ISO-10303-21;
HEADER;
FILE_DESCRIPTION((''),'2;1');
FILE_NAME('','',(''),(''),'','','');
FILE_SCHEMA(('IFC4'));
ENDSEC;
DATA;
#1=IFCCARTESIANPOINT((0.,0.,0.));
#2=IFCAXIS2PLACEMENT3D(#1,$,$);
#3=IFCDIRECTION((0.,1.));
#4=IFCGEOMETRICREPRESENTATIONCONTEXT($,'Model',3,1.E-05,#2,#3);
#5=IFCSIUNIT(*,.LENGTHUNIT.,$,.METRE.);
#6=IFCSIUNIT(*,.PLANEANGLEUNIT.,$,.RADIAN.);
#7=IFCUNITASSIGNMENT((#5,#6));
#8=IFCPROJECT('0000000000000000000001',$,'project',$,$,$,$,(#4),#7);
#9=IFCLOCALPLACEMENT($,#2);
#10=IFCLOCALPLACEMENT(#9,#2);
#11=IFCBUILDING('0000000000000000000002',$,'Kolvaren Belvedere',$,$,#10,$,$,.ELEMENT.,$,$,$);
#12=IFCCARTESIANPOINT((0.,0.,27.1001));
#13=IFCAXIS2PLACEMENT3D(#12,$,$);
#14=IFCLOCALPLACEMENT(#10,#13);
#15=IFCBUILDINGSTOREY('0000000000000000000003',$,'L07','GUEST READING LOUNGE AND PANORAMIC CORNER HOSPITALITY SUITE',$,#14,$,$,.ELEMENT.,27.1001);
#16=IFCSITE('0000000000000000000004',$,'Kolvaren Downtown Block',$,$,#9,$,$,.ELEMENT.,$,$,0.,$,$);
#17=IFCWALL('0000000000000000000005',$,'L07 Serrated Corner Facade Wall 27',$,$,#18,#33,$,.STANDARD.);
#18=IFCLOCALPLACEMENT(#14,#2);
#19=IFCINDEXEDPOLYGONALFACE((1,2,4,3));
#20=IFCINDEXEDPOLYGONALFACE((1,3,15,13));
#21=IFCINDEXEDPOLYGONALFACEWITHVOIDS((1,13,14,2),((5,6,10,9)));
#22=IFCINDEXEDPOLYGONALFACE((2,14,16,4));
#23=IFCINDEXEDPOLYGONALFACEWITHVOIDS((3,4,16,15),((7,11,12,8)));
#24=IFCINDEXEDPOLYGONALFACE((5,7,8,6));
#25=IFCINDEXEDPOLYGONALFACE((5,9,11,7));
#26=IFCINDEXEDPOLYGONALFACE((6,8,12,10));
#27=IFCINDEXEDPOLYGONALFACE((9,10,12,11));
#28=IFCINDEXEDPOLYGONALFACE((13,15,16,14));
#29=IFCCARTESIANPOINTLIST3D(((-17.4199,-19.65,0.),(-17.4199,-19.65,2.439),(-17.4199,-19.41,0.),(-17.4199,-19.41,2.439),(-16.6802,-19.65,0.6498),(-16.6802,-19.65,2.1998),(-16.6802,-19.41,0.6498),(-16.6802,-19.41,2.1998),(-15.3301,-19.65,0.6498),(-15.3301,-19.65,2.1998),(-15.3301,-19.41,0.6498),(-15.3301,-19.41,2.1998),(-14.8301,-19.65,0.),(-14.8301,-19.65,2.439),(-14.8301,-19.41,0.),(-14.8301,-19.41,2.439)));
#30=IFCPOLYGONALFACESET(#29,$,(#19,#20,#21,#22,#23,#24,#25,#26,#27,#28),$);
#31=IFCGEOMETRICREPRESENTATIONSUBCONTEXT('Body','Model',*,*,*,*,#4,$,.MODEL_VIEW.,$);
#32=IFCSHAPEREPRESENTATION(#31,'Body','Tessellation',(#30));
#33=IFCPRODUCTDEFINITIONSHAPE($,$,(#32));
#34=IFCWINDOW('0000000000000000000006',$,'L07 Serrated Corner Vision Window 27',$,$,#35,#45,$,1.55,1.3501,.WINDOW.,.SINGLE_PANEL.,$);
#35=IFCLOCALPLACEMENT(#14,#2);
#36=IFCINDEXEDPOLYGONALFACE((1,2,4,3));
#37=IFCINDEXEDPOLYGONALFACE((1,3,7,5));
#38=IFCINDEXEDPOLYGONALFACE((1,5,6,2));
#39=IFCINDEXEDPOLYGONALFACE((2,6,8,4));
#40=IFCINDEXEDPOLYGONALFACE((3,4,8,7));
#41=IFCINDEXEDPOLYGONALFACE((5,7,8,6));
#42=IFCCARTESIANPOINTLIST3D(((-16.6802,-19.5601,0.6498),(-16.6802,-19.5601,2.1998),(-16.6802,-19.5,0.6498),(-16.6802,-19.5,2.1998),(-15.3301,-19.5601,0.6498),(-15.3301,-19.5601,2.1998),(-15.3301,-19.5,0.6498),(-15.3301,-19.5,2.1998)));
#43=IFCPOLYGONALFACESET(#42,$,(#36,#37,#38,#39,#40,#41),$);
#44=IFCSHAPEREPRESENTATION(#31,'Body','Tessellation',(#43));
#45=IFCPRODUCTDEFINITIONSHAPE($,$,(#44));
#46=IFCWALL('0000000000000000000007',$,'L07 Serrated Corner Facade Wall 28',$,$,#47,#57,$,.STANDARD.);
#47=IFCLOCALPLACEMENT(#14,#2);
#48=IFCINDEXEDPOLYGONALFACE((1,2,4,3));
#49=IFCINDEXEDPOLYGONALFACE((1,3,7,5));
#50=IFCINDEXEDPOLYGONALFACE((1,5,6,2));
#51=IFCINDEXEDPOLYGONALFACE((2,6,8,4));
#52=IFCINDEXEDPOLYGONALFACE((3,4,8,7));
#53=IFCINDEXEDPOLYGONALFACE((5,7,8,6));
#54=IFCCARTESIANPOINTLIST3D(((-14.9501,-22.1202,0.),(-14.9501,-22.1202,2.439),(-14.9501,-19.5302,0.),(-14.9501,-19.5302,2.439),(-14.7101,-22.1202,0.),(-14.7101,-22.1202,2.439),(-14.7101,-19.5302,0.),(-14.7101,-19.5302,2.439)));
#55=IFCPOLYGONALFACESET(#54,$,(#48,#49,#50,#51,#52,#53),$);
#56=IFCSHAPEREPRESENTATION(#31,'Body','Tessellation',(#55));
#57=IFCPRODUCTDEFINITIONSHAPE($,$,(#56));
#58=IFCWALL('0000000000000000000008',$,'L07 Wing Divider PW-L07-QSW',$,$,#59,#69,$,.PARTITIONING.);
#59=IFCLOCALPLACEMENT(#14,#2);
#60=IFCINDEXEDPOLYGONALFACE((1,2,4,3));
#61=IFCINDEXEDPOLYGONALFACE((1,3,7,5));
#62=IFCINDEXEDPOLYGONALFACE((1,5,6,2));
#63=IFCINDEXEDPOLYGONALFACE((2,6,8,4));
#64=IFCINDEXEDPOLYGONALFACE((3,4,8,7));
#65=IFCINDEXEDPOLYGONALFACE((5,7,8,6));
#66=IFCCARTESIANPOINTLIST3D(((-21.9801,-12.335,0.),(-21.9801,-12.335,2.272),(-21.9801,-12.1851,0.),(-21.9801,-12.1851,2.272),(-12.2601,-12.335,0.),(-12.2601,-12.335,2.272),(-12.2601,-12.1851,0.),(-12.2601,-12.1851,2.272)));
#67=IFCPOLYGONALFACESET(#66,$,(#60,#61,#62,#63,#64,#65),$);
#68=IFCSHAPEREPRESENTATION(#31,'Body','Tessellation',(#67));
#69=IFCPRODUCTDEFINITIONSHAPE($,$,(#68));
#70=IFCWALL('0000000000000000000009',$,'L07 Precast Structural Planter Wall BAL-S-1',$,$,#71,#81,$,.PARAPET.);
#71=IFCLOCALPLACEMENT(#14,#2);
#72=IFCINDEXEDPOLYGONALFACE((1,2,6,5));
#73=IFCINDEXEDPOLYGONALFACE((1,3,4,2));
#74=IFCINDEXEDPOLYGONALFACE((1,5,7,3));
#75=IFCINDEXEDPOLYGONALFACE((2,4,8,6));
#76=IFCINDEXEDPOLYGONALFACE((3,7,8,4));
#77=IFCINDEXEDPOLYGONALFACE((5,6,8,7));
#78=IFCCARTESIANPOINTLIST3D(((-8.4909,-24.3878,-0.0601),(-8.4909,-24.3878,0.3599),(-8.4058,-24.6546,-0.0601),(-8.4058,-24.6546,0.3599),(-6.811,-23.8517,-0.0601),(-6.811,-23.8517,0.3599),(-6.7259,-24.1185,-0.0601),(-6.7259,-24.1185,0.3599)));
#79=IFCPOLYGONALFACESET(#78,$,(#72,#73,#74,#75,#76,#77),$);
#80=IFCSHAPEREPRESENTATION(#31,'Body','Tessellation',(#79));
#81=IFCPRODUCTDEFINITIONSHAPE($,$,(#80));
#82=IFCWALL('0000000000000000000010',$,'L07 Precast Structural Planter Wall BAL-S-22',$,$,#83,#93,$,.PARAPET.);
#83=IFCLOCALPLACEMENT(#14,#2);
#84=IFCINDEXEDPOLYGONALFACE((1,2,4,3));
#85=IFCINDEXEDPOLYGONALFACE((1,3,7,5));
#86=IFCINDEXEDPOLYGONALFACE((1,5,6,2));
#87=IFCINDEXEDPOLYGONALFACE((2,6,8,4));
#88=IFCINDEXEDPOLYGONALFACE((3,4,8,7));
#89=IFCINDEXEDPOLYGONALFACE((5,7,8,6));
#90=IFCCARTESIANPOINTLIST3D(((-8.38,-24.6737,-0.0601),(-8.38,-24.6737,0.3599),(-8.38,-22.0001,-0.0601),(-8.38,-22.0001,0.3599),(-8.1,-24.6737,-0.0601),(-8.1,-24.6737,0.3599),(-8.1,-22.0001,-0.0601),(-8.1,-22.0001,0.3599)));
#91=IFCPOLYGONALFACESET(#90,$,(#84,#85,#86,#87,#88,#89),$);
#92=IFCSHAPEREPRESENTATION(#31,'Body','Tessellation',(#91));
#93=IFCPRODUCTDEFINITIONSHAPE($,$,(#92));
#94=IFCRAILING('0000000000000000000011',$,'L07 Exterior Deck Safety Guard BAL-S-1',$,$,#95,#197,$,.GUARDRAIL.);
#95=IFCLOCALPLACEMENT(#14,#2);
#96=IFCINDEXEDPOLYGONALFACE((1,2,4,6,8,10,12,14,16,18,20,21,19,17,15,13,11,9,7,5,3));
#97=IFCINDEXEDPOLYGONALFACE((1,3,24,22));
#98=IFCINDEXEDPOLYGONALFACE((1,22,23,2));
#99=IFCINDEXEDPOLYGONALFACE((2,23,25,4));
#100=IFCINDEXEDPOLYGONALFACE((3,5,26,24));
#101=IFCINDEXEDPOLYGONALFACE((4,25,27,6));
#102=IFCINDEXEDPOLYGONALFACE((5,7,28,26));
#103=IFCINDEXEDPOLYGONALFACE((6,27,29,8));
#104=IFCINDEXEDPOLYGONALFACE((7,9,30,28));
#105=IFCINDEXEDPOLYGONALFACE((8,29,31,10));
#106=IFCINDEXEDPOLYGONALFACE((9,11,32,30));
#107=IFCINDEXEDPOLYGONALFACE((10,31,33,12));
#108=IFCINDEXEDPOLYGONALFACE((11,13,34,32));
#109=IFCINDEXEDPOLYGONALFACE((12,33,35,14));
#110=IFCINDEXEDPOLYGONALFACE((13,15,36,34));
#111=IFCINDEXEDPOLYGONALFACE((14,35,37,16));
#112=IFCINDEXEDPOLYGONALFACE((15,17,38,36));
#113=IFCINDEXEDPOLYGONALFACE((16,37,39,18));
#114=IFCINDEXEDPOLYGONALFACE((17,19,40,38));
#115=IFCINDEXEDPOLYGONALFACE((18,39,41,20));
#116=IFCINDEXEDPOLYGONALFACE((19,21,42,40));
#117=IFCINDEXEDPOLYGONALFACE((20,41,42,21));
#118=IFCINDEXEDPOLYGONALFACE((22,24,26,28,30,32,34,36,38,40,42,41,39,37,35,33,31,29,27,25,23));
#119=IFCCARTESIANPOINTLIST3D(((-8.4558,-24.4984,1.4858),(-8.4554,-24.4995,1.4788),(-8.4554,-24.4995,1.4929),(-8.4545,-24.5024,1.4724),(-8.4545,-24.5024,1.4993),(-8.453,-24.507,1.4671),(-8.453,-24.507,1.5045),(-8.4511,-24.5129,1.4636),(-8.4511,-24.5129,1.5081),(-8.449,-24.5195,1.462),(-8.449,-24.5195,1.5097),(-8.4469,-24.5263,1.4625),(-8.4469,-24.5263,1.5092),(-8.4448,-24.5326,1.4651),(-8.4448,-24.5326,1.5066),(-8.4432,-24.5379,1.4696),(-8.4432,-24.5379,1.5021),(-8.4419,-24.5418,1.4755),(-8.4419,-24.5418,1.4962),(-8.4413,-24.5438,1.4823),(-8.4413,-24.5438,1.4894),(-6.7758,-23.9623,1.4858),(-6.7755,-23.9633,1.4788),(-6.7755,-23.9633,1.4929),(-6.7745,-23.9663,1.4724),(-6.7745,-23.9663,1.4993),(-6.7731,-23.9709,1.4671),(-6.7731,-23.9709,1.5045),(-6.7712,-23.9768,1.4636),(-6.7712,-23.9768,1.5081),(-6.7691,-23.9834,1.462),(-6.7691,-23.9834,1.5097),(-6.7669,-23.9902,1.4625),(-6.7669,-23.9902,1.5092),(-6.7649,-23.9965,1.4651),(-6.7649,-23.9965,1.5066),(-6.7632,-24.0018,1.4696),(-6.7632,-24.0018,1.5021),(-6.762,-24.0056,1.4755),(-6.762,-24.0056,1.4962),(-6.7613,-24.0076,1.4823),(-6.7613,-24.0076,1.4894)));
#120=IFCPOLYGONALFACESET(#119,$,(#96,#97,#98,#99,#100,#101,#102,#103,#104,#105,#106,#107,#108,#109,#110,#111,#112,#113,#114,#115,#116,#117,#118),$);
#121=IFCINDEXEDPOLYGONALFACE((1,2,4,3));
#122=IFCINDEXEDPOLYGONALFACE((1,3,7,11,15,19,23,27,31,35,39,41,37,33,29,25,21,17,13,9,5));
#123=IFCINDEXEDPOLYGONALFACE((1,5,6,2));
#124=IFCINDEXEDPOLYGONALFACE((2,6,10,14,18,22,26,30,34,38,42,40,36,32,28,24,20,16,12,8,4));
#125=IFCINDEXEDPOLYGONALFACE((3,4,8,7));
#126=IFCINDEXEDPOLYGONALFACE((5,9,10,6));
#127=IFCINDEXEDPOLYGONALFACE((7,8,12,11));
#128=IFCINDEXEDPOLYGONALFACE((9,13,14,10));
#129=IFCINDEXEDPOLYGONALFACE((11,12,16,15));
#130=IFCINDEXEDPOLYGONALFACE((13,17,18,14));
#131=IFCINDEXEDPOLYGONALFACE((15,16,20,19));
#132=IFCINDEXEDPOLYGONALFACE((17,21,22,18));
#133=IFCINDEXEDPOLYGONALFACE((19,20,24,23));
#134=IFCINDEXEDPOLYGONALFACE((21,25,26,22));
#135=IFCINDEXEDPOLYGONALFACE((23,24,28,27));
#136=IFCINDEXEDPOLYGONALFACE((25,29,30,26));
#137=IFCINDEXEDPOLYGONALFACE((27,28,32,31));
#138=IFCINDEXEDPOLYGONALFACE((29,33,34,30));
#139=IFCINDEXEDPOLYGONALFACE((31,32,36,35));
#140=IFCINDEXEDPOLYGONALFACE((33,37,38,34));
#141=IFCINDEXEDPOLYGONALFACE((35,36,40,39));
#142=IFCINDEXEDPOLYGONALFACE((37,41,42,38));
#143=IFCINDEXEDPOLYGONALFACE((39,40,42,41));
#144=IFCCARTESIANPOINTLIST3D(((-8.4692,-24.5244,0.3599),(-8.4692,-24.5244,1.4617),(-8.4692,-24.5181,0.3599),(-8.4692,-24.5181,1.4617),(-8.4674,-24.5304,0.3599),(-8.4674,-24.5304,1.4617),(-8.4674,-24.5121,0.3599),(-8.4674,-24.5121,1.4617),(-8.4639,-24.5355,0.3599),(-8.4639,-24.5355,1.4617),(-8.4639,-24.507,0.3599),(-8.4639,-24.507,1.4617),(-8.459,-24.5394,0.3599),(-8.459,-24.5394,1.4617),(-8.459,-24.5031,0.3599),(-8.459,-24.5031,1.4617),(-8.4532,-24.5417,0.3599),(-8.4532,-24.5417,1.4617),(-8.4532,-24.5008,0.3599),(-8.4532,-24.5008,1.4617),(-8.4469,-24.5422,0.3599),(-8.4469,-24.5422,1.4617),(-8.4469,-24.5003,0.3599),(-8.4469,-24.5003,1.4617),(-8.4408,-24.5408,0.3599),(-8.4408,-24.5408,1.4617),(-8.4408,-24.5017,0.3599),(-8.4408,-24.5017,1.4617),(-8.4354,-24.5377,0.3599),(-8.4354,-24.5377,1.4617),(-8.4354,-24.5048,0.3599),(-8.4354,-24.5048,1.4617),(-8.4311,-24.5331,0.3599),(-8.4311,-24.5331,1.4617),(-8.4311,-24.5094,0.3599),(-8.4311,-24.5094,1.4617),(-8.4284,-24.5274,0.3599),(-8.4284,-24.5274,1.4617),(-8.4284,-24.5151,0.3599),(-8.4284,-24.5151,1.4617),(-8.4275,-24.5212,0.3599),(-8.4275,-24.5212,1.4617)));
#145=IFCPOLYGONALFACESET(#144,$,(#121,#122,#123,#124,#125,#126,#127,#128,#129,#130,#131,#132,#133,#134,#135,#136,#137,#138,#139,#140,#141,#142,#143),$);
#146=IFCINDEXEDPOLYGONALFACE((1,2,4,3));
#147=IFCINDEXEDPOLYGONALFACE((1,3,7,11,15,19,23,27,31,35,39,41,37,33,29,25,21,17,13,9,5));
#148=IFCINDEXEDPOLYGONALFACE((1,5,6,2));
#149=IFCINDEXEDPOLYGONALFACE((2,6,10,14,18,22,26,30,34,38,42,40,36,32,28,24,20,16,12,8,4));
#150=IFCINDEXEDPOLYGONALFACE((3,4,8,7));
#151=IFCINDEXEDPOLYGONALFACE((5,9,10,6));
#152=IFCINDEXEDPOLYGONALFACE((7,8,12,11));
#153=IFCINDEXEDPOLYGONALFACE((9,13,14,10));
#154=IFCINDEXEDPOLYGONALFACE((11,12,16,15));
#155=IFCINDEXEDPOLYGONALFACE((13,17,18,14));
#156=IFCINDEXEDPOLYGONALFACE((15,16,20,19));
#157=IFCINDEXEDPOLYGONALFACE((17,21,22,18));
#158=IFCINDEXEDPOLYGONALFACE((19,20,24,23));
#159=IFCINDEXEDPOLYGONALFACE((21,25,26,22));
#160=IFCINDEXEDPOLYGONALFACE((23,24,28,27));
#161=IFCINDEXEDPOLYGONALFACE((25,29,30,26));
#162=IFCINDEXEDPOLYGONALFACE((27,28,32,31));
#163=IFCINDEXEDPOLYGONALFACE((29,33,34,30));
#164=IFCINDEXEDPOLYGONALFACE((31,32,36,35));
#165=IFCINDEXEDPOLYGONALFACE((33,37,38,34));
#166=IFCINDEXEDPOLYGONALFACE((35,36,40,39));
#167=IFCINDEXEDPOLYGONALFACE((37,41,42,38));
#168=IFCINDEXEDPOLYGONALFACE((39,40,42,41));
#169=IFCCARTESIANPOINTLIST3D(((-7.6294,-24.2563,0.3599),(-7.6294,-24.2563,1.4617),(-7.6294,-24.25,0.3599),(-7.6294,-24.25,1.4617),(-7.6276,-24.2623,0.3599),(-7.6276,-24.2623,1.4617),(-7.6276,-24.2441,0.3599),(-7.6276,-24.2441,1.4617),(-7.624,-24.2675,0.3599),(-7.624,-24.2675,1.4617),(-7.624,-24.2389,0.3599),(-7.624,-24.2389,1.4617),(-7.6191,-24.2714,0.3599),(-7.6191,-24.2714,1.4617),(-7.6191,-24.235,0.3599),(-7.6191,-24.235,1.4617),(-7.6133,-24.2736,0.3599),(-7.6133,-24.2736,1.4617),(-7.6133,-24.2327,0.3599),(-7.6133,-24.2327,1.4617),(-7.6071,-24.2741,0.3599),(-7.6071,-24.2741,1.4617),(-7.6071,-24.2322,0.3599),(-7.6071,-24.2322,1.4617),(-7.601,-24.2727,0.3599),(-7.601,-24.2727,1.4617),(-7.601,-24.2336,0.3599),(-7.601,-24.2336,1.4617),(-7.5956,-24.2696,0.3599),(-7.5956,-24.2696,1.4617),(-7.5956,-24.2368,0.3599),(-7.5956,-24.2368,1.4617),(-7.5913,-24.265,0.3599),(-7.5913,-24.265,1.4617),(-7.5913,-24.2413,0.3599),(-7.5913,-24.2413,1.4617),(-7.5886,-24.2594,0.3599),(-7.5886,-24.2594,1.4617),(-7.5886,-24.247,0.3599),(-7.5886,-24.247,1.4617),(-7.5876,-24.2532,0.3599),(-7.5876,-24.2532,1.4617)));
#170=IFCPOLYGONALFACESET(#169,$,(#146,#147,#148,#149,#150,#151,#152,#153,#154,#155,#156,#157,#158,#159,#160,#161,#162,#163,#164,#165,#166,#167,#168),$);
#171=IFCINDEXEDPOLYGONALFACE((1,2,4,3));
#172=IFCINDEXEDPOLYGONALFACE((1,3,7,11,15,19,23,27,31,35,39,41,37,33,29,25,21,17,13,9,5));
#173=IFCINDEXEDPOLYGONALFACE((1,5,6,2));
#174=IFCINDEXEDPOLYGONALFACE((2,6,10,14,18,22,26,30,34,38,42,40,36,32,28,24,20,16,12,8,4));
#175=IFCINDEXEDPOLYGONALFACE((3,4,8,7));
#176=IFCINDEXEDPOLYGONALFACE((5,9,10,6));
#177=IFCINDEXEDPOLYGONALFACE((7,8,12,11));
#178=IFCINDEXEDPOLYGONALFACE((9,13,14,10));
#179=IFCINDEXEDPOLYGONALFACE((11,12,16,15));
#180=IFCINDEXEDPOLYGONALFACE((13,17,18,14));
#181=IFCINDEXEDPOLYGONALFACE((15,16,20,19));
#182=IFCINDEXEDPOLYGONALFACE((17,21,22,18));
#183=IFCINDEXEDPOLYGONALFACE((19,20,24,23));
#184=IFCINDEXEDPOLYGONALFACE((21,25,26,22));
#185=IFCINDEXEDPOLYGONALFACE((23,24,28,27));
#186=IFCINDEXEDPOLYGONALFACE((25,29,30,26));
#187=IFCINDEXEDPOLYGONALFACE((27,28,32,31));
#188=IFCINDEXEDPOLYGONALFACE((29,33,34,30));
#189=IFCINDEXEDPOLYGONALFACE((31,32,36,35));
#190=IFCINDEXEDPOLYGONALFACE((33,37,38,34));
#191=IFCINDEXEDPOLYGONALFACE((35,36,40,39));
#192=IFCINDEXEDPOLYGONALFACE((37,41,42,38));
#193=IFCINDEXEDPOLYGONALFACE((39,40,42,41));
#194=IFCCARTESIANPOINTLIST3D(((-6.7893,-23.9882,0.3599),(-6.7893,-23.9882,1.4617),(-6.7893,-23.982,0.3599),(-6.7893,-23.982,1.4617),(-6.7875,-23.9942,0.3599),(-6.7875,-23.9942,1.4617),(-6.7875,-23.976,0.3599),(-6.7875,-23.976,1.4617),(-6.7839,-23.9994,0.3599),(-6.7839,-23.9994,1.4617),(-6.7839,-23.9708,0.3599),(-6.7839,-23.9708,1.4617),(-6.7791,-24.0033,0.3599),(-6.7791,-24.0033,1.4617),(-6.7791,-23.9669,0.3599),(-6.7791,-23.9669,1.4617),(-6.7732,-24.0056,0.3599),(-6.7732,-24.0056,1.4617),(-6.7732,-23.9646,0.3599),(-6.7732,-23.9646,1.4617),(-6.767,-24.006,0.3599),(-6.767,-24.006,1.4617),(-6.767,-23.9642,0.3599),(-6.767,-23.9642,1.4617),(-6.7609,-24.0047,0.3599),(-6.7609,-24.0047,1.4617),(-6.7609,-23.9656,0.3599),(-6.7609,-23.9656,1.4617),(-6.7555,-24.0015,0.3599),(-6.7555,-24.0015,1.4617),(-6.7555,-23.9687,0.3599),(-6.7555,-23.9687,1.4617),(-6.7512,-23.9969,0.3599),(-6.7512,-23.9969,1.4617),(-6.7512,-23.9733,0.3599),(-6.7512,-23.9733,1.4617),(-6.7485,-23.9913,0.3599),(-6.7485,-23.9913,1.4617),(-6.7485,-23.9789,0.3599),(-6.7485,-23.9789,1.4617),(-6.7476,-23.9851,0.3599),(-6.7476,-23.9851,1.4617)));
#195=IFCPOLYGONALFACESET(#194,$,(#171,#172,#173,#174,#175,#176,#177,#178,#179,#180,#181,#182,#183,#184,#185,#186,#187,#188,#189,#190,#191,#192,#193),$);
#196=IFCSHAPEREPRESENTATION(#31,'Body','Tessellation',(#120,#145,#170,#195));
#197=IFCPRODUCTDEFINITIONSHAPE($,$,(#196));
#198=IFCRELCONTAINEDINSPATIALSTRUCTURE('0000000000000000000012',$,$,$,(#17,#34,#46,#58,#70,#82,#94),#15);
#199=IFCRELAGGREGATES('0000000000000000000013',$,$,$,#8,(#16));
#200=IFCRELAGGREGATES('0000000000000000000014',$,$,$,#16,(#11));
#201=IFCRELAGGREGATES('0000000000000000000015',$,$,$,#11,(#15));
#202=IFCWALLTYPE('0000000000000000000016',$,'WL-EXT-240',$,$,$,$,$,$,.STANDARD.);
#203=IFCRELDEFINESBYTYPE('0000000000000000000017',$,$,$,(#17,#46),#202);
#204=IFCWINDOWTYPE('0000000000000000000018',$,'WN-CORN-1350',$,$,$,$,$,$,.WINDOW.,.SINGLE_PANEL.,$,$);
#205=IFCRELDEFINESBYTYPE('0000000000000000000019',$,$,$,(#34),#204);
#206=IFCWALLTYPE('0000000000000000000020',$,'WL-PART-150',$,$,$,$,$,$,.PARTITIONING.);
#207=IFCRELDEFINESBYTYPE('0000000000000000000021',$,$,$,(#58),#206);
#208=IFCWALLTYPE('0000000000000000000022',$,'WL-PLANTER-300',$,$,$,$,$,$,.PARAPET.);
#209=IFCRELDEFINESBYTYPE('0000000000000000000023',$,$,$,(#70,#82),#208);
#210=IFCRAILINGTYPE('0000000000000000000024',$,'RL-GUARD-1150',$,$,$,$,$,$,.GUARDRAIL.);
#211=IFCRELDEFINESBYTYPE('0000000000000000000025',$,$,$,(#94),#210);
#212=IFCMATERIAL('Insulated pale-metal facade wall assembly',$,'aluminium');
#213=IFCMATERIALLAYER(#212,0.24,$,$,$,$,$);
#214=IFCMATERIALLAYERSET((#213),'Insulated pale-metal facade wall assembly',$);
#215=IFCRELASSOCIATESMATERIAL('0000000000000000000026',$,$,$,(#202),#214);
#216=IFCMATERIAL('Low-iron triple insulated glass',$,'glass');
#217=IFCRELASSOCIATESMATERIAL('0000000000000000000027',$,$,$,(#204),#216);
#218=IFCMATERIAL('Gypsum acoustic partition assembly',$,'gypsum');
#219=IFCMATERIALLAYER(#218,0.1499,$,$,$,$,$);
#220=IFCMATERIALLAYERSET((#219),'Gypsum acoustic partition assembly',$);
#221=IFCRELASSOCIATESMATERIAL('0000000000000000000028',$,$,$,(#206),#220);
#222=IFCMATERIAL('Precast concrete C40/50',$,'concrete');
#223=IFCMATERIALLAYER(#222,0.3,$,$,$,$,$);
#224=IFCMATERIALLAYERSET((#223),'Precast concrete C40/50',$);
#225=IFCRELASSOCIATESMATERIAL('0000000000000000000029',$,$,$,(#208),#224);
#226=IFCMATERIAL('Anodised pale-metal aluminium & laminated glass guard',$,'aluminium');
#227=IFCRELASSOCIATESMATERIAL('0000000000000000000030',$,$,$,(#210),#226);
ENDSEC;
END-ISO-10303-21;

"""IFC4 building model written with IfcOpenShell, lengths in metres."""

from ifc_helpers import new_model, si_unit, direction, frame, frame_2d, origin, origin_2d, place, context, subcontext, project, spatial, rectangle, circle, extrude, material, layer, layer_set, type_object, element, fill, save


model = new_model("IFC4")

# Units and contexts
model_context = context("Model", 3, precision=1e-05, world=origin(), true_north=direction((0.0, 1.0)))
body_context = subcontext(model_context, "Body", "Model", "MODEL_VIEW")
ifc_project = project(units=[si_unit("LENGTHUNIT", "METRE"), si_unit("PLANEANGLEUNIT", "RADIAN")], contexts=[model_context])

# Site, building, storey
site_placement = place(None, origin())
site = spatial("IfcSite", under=ifc_project, at=site_placement, Name="Kolvaren Downtown Block", CompositionType="ELEMENT", RefElevation=0.0)
building_placement = place(site_placement, origin())
building = spatial("IfcBuilding", under=site, at=building_placement, Name="Kolvaren Belvedere", CompositionType="ELEMENT")
storey_placement = place(building_placement, frame((0.0, 0.0, 27.1001)))
storey = spatial("IfcBuildingStorey", under=building, at=storey_placement, Name="L07", Description="GUEST READING LOUNGE AND PANORAMIC CORNER HOSPITALITY SUITE", CompositionType="ELEMENT", Elevation=27.1001)

# Shared definitions
ifc_material_1 = material(Name="Insulated pale-metal facade wall assembly", Category="aluminium")
ifc_layer_1 = layer(ifc_material_1, 0.24)
ifc_layer_set_1 = layer_set([ifc_layer_1], Name="Insulated pale-metal facade wall assembly")
wall_type_1 = type_object("IfcWallType", Name="WL-EXT-240", PredefinedType="STANDARD", material=ifc_layer_set_1)

# Wall, opening, window
ifc_material_2 = material(Name="Low-iron triple insulated glass", Category="glass")
window_type = type_object("IfcWindowType", Name="WN-CORN-1350", PartitioningType="SINGLE_PANEL", PredefinedType="WINDOW", material=ifc_material_2)
wall_1_placement = place(storey_placement, frame((-14.8301, -19.53, 0.0), z_axis=(0.0, 0.0, 1.0), x_axis=(-1.0, 0.0, 0.0)))
wall_1 = element("IfcWall", 1, at=wall_1_placement, inside=storey, type_object=wall_type_1, Name="L07 Serrated Corner Facade Wall 27", PredefinedType="STANDARD", context=body_context, shape_type="SweptSolid", body=[
    extrude(rectangle(XDim=2.5898, YDim=0.24, at=frame_2d((1.2949, 0.0))), origin(), (0.0, 0.0, 1.0), 2.439),
])
opening_1_placement = place(wall_1_placement, frame((0.5, 0.0, 0.6499)))
opening_1 = element("IfcOpeningElement", 2, at=opening_1_placement, cuts=wall_1, PredefinedType="OPENING", context=body_context, shape_type="SweptSolid", body=[
    extrude(rectangle(XDim=1.3501, YDim=1.55, at=frame_2d((0.675, 0.7749))), frame((0.0, 0.1299, 0.0), z_axis=(0.0, -1.0, 0.0), x_axis=(1.0, 0.0, 0.0)), (0.0, 0.0, 1.0), 0.26),
])
window_1_placement = place(opening_1_placement, origin())
window_1 = element("IfcWindow", 3, at=window_1_placement, inside=storey, type_object=window_type, Name="L07 Serrated Corner Vision Window 27", OverallHeight=1.55, OverallWidth=1.3501, PartitioningType="SINGLE_PANEL", PredefinedType="WINDOW", context=body_context, shape_type="SweptSolid", body=[
    extrude(rectangle(XDim=1.3501, YDim=1.55, at=frame_2d((0.675, 0.7749))), frame((0.0, 0.03, 0.0), z_axis=(0.0, -1.0, 0.0), x_axis=(1.0, 0.0, 0.0)), (0.0, 0.0, 1.0), 0.0601),
])
fill(opening_1, window_1)

# Walls
wall_2_placement = place(storey_placement, frame((-14.8301, -22.1201, 0.0), z_axis=(0.0, 0.0, 1.0), x_axis=(0.0, 1.0, 0.0)))
element("IfcWall", 4, at=wall_2_placement, inside=storey, type_object=wall_type_1, Name="L07 Serrated Corner Facade Wall 28", PredefinedType="STANDARD", context=body_context, shape_type="SweptSolid", body=[
    extrude(rectangle(XDim=2.5901, YDim=0.24, at=frame_2d((1.2949, 0.0))), origin(), (0.0, 0.0, 1.0), 2.439),
])
ifc_material_3 = material(Name="Gypsum acoustic partition assembly", Category="gypsum")
ifc_layer_2 = layer(ifc_material_3, 0.1499)
ifc_layer_set_2 = layer_set([ifc_layer_2], Name="Gypsum acoustic partition assembly")
wall_type_2 = type_object("IfcWallType", Name="WL-PART-150", PredefinedType="PARTITIONING", material=ifc_layer_set_2)
wall_3_placement = place(storey_placement, frame((-21.98, -12.26, 0.0), z_axis=(0.0, 0.0, 1.0), x_axis=(1.0, 0.0, 0.0)))
element("IfcWall", 5, at=wall_3_placement, inside=storey, type_object=wall_type_2, Name="L07 Wing Divider PW-L07-QSW", PredefinedType="PARTITIONING", context=body_context, shape_type="SweptSolid", body=[
    extrude(rectangle(XDim=9.72, YDim=0.1499, at=frame_2d((4.8599, 0.0))), origin(), (0.0, 0.0, 1.0), 2.272),
])
ifc_material_4 = material(Name="Precast concrete C40/50", Category="concrete")
ifc_layer_3 = layer(ifc_material_4, 0.3)
ifc_layer_set_3 = layer_set([ifc_layer_3], Name="Precast concrete C40/50")
wall_type_3 = type_object("IfcWallType", Name="WL-PLANTER-300", PredefinedType="PARAPET", material=ifc_layer_set_3)
wall_4_placement = place(storey_placement, frame((-8.4485, -24.5212, -0.0601), z_axis=(0.0, 0.0, 1.0), x_axis=(0.952662, 0.304032, 0.0)))
element("IfcWall", 6, at=wall_4_placement, inside=storey, type_object=wall_type_3, Name="L07 Precast Structural Planter Wall BAL-S-1", PredefinedType="PARAPET", context=body_context, shape_type="SweptSolid", body=[
    extrude(rectangle(XDim=1.7634, YDim=0.28, at=frame_2d((0.8818, 0.0))), origin(), (0.0, 0.0, 1.0), 0.4199),
])
wall_5_placement = place(storey_placement, frame((-8.24, -22.0, -0.0601), z_axis=(0.0, 0.0, 1.0), x_axis=(0.0, -1.0, 0.0)))
element("IfcWall", 7, at=wall_5_placement, inside=storey, type_object=wall_type_3, Name="L07 Precast Structural Planter Wall BAL-S-22", PredefinedType="PARAPET", context=body_context, shape_type="SweptSolid", body=[
    extrude(rectangle(XDim=2.6736, YDim=0.28, at=frame_2d((1.3369, 0.0))), origin(), (0.0, 0.0, 1.0), 0.4199),
])

# Railing
ifc_material_5 = material(Name="Anodised pale-metal aluminium & laminated glass guard", Category="aluminium")
railing_type = type_object("IfcRailingType", Name="RL-GUARD-1150", PredefinedType="GUARDRAIL", material=ifc_material_5)
railing_1_placement = place(storey_placement, frame((-8.4485, -24.5212, 0.3599)))
element("IfcRailing", 8, at=railing_1_placement, inside=storey, type_object=railing_type, Name="L07 Exterior Deck Safety Guard BAL-S-1", PredefinedType="GUARDRAIL", context=body_context, shape_type="SweptSolid", body=[
    extrude(circle(Radius=0.0239, at=origin_2d()), frame((0.0, 0.0, 1.126), z_axis=(0.952662, 0.304032, 0.0), x_axis=(-0.304032, 0.952662, 0.0)), (0.0, 0.0, 1.0), 1.7634),
    extrude(circle(Radius=0.021, at=origin_2d()), origin(), (0.0, 0.0, 1.0), 1.1018),
    extrude(circle(Radius=0.021, at=origin_2d()), frame((0.8398, 0.2681, 0.0)), (0.0, 0.0, 1.0), 1.1018),
    extrude(circle(Radius=0.021, at=origin_2d()), frame((1.6799, 0.5361, 0.0)), (0.0, 0.0, 1.0), 1.1018),
])

save(model, "model.ifc")
